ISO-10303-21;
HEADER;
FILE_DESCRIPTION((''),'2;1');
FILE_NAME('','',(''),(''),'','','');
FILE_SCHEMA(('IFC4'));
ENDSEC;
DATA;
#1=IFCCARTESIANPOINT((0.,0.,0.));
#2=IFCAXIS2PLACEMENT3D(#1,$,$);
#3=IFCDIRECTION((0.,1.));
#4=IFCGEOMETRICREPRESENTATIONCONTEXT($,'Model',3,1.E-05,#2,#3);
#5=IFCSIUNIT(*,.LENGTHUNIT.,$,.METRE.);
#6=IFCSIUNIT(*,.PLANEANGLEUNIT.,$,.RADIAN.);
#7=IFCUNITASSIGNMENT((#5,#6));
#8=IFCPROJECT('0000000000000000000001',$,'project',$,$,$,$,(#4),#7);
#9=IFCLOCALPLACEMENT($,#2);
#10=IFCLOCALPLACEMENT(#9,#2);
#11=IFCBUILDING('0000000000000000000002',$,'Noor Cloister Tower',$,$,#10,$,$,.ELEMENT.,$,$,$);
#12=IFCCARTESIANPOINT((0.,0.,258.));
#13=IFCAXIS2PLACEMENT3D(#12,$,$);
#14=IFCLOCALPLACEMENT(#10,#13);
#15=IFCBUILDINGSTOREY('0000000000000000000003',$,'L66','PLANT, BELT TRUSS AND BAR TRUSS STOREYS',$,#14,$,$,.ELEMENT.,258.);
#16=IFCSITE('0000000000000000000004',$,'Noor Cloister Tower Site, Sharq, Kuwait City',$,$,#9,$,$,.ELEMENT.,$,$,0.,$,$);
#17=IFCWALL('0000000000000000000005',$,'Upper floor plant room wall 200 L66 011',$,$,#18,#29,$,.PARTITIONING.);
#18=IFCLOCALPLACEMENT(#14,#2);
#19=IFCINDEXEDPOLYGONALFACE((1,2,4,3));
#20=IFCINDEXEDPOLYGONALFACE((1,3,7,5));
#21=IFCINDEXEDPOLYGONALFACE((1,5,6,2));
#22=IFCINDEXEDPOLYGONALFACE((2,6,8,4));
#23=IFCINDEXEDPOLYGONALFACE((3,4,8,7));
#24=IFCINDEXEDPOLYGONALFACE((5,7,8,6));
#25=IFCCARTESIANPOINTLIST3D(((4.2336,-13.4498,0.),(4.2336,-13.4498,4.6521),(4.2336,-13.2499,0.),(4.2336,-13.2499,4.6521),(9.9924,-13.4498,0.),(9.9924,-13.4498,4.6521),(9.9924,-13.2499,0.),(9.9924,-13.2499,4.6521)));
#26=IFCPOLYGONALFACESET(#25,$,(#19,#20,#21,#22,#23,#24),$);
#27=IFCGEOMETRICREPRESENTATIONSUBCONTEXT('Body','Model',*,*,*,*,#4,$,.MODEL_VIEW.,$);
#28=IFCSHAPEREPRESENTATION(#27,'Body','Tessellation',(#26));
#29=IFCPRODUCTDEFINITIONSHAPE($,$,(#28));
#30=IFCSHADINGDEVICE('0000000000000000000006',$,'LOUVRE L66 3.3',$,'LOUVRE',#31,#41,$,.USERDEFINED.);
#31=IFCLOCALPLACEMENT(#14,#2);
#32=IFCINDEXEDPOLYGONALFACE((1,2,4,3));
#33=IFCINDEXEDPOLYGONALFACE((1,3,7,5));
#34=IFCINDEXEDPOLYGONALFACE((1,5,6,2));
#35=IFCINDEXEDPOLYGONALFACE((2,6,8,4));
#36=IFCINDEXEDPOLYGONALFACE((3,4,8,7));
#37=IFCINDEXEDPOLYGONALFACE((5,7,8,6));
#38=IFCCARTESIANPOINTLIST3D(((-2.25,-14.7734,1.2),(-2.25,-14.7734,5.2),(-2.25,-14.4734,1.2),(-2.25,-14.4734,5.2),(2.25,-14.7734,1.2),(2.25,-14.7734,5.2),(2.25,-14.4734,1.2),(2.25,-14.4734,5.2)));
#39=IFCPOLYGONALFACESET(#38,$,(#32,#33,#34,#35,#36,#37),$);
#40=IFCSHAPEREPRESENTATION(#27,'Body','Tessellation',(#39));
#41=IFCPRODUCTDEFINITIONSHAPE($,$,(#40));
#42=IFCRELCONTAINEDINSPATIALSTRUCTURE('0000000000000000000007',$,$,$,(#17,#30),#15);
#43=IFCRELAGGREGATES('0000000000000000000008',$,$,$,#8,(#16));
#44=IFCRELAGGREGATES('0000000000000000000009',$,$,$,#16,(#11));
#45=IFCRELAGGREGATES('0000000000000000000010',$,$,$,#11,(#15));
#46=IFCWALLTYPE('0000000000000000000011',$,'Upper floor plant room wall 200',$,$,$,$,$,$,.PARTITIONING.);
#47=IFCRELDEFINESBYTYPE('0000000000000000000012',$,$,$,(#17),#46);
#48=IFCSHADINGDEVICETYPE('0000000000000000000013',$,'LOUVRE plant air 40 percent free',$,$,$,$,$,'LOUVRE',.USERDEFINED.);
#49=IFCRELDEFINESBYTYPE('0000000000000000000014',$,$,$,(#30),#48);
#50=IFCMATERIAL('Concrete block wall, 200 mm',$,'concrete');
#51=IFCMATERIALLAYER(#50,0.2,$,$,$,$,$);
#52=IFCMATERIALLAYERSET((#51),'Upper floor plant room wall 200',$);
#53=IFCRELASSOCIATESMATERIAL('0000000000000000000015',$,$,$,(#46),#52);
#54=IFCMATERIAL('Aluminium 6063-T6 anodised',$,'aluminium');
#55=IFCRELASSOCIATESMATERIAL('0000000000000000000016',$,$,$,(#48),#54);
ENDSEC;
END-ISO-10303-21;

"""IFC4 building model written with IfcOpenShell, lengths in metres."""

from ifc_helpers import new_model, si_unit, direction, frame, frame_2d, origin, place, context, subcontext, project, spatial, polyline, rectangle, outline, extrude, material, layer, layer_set, type_object, element, save


model = new_model("IFC4")

# Units and contexts
model_context = context("Model", 3, precision=1e-05, world=origin(), true_north=direction((0.0, 1.0)))
body_context = subcontext(model_context, "Body", "Model", "MODEL_VIEW")
ifc_project = project(units=[si_unit("LENGTHUNIT", "METRE"), si_unit("PLANEANGLEUNIT", "RADIAN")], contexts=[model_context])

# Site, building, storey
site_placement = place(None, origin())
site = spatial("IfcSite", under=ifc_project, at=site_placement, Name="Noor Cloister Tower Site, Sharq, Kuwait City", CompositionType="ELEMENT", RefElevation=0.0)
building_placement = place(site_placement, origin())
building = spatial("IfcBuilding", under=site, at=building_placement, Name="Noor Cloister Tower", CompositionType="ELEMENT")
storey_placement = place(building_placement, frame((0.0, 0.0, 258.0)))
storey = spatial("IfcBuildingStorey", under=building, at=storey_placement, Name="L66", Description="PLANT, BELT TRUSS AND BAR TRUSS STOREYS", CompositionType="ELEMENT", Elevation=258.0)

# Shared definitions
ifc_material_1 = material(Name="Concrete block wall, 200 mm", Category="concrete")
ifc_layer_1 = layer(ifc_material_1, 0.2)
ifc_layer_set_1 = layer_set([ifc_layer_1], Name="Upper floor plant room wall 200")
wall_type_1 = type_object("IfcWallType", Name="Upper floor plant room wall 200", PredefinedType="PARTITIONING", material=ifc_layer_set_1)

# Wall
wall_1_placement = place(storey_placement, frame((4.2336, -13.3499, 0.0), z_axis=(0.0, 0.0, 1.0), x_axis=(1.0, 0.0, 0.0)))
element("IfcWall", 1, at=wall_1_placement, inside=storey, type_object=wall_type_1, Name="Upper floor plant room wall 200 L66 011", PredefinedType="PARTITIONING", context=body_context, shape_type="SweptSolid", body=[
    extrude(rectangle(XDim=5.7588, YDim=0.2, at=frame_2d((2.8794, 0.0))), origin(), (0.0, 0.0, 1.0), 4.6521),
])

# Shading device
ifc_material_2 = material(Name="Aluminium 6063-T6 anodised", Category="aluminium")
shading_device_type = type_object("IfcShadingDeviceType", Name="LOUVRE plant air 40 percent free", ElementType="LOUVRE", PredefinedType="USERDEFINED", material=ifc_material_2)
shading_device_placement = place(storey_placement, frame((0.0, 0.0, 1.2)))
element("IfcShadingDevice", 2, at=shading_device_placement, inside=storey, type_object=shading_device_type, Name="LOUVRE L66 3.3", ObjectType="LOUVRE", PredefinedType="USERDEFINED", context=body_context, shape_type="SweptSolid", body=[
    extrude(outline(polyline([(-2.25, -14.7734), (2.25, -14.7734), (2.25, -14.4734), (-2.25, -14.4734), (-2.25, -14.7734)])), origin(), (0.0, 0.0, 1.0), 4.0),
])

save(model, "model.ifc")
